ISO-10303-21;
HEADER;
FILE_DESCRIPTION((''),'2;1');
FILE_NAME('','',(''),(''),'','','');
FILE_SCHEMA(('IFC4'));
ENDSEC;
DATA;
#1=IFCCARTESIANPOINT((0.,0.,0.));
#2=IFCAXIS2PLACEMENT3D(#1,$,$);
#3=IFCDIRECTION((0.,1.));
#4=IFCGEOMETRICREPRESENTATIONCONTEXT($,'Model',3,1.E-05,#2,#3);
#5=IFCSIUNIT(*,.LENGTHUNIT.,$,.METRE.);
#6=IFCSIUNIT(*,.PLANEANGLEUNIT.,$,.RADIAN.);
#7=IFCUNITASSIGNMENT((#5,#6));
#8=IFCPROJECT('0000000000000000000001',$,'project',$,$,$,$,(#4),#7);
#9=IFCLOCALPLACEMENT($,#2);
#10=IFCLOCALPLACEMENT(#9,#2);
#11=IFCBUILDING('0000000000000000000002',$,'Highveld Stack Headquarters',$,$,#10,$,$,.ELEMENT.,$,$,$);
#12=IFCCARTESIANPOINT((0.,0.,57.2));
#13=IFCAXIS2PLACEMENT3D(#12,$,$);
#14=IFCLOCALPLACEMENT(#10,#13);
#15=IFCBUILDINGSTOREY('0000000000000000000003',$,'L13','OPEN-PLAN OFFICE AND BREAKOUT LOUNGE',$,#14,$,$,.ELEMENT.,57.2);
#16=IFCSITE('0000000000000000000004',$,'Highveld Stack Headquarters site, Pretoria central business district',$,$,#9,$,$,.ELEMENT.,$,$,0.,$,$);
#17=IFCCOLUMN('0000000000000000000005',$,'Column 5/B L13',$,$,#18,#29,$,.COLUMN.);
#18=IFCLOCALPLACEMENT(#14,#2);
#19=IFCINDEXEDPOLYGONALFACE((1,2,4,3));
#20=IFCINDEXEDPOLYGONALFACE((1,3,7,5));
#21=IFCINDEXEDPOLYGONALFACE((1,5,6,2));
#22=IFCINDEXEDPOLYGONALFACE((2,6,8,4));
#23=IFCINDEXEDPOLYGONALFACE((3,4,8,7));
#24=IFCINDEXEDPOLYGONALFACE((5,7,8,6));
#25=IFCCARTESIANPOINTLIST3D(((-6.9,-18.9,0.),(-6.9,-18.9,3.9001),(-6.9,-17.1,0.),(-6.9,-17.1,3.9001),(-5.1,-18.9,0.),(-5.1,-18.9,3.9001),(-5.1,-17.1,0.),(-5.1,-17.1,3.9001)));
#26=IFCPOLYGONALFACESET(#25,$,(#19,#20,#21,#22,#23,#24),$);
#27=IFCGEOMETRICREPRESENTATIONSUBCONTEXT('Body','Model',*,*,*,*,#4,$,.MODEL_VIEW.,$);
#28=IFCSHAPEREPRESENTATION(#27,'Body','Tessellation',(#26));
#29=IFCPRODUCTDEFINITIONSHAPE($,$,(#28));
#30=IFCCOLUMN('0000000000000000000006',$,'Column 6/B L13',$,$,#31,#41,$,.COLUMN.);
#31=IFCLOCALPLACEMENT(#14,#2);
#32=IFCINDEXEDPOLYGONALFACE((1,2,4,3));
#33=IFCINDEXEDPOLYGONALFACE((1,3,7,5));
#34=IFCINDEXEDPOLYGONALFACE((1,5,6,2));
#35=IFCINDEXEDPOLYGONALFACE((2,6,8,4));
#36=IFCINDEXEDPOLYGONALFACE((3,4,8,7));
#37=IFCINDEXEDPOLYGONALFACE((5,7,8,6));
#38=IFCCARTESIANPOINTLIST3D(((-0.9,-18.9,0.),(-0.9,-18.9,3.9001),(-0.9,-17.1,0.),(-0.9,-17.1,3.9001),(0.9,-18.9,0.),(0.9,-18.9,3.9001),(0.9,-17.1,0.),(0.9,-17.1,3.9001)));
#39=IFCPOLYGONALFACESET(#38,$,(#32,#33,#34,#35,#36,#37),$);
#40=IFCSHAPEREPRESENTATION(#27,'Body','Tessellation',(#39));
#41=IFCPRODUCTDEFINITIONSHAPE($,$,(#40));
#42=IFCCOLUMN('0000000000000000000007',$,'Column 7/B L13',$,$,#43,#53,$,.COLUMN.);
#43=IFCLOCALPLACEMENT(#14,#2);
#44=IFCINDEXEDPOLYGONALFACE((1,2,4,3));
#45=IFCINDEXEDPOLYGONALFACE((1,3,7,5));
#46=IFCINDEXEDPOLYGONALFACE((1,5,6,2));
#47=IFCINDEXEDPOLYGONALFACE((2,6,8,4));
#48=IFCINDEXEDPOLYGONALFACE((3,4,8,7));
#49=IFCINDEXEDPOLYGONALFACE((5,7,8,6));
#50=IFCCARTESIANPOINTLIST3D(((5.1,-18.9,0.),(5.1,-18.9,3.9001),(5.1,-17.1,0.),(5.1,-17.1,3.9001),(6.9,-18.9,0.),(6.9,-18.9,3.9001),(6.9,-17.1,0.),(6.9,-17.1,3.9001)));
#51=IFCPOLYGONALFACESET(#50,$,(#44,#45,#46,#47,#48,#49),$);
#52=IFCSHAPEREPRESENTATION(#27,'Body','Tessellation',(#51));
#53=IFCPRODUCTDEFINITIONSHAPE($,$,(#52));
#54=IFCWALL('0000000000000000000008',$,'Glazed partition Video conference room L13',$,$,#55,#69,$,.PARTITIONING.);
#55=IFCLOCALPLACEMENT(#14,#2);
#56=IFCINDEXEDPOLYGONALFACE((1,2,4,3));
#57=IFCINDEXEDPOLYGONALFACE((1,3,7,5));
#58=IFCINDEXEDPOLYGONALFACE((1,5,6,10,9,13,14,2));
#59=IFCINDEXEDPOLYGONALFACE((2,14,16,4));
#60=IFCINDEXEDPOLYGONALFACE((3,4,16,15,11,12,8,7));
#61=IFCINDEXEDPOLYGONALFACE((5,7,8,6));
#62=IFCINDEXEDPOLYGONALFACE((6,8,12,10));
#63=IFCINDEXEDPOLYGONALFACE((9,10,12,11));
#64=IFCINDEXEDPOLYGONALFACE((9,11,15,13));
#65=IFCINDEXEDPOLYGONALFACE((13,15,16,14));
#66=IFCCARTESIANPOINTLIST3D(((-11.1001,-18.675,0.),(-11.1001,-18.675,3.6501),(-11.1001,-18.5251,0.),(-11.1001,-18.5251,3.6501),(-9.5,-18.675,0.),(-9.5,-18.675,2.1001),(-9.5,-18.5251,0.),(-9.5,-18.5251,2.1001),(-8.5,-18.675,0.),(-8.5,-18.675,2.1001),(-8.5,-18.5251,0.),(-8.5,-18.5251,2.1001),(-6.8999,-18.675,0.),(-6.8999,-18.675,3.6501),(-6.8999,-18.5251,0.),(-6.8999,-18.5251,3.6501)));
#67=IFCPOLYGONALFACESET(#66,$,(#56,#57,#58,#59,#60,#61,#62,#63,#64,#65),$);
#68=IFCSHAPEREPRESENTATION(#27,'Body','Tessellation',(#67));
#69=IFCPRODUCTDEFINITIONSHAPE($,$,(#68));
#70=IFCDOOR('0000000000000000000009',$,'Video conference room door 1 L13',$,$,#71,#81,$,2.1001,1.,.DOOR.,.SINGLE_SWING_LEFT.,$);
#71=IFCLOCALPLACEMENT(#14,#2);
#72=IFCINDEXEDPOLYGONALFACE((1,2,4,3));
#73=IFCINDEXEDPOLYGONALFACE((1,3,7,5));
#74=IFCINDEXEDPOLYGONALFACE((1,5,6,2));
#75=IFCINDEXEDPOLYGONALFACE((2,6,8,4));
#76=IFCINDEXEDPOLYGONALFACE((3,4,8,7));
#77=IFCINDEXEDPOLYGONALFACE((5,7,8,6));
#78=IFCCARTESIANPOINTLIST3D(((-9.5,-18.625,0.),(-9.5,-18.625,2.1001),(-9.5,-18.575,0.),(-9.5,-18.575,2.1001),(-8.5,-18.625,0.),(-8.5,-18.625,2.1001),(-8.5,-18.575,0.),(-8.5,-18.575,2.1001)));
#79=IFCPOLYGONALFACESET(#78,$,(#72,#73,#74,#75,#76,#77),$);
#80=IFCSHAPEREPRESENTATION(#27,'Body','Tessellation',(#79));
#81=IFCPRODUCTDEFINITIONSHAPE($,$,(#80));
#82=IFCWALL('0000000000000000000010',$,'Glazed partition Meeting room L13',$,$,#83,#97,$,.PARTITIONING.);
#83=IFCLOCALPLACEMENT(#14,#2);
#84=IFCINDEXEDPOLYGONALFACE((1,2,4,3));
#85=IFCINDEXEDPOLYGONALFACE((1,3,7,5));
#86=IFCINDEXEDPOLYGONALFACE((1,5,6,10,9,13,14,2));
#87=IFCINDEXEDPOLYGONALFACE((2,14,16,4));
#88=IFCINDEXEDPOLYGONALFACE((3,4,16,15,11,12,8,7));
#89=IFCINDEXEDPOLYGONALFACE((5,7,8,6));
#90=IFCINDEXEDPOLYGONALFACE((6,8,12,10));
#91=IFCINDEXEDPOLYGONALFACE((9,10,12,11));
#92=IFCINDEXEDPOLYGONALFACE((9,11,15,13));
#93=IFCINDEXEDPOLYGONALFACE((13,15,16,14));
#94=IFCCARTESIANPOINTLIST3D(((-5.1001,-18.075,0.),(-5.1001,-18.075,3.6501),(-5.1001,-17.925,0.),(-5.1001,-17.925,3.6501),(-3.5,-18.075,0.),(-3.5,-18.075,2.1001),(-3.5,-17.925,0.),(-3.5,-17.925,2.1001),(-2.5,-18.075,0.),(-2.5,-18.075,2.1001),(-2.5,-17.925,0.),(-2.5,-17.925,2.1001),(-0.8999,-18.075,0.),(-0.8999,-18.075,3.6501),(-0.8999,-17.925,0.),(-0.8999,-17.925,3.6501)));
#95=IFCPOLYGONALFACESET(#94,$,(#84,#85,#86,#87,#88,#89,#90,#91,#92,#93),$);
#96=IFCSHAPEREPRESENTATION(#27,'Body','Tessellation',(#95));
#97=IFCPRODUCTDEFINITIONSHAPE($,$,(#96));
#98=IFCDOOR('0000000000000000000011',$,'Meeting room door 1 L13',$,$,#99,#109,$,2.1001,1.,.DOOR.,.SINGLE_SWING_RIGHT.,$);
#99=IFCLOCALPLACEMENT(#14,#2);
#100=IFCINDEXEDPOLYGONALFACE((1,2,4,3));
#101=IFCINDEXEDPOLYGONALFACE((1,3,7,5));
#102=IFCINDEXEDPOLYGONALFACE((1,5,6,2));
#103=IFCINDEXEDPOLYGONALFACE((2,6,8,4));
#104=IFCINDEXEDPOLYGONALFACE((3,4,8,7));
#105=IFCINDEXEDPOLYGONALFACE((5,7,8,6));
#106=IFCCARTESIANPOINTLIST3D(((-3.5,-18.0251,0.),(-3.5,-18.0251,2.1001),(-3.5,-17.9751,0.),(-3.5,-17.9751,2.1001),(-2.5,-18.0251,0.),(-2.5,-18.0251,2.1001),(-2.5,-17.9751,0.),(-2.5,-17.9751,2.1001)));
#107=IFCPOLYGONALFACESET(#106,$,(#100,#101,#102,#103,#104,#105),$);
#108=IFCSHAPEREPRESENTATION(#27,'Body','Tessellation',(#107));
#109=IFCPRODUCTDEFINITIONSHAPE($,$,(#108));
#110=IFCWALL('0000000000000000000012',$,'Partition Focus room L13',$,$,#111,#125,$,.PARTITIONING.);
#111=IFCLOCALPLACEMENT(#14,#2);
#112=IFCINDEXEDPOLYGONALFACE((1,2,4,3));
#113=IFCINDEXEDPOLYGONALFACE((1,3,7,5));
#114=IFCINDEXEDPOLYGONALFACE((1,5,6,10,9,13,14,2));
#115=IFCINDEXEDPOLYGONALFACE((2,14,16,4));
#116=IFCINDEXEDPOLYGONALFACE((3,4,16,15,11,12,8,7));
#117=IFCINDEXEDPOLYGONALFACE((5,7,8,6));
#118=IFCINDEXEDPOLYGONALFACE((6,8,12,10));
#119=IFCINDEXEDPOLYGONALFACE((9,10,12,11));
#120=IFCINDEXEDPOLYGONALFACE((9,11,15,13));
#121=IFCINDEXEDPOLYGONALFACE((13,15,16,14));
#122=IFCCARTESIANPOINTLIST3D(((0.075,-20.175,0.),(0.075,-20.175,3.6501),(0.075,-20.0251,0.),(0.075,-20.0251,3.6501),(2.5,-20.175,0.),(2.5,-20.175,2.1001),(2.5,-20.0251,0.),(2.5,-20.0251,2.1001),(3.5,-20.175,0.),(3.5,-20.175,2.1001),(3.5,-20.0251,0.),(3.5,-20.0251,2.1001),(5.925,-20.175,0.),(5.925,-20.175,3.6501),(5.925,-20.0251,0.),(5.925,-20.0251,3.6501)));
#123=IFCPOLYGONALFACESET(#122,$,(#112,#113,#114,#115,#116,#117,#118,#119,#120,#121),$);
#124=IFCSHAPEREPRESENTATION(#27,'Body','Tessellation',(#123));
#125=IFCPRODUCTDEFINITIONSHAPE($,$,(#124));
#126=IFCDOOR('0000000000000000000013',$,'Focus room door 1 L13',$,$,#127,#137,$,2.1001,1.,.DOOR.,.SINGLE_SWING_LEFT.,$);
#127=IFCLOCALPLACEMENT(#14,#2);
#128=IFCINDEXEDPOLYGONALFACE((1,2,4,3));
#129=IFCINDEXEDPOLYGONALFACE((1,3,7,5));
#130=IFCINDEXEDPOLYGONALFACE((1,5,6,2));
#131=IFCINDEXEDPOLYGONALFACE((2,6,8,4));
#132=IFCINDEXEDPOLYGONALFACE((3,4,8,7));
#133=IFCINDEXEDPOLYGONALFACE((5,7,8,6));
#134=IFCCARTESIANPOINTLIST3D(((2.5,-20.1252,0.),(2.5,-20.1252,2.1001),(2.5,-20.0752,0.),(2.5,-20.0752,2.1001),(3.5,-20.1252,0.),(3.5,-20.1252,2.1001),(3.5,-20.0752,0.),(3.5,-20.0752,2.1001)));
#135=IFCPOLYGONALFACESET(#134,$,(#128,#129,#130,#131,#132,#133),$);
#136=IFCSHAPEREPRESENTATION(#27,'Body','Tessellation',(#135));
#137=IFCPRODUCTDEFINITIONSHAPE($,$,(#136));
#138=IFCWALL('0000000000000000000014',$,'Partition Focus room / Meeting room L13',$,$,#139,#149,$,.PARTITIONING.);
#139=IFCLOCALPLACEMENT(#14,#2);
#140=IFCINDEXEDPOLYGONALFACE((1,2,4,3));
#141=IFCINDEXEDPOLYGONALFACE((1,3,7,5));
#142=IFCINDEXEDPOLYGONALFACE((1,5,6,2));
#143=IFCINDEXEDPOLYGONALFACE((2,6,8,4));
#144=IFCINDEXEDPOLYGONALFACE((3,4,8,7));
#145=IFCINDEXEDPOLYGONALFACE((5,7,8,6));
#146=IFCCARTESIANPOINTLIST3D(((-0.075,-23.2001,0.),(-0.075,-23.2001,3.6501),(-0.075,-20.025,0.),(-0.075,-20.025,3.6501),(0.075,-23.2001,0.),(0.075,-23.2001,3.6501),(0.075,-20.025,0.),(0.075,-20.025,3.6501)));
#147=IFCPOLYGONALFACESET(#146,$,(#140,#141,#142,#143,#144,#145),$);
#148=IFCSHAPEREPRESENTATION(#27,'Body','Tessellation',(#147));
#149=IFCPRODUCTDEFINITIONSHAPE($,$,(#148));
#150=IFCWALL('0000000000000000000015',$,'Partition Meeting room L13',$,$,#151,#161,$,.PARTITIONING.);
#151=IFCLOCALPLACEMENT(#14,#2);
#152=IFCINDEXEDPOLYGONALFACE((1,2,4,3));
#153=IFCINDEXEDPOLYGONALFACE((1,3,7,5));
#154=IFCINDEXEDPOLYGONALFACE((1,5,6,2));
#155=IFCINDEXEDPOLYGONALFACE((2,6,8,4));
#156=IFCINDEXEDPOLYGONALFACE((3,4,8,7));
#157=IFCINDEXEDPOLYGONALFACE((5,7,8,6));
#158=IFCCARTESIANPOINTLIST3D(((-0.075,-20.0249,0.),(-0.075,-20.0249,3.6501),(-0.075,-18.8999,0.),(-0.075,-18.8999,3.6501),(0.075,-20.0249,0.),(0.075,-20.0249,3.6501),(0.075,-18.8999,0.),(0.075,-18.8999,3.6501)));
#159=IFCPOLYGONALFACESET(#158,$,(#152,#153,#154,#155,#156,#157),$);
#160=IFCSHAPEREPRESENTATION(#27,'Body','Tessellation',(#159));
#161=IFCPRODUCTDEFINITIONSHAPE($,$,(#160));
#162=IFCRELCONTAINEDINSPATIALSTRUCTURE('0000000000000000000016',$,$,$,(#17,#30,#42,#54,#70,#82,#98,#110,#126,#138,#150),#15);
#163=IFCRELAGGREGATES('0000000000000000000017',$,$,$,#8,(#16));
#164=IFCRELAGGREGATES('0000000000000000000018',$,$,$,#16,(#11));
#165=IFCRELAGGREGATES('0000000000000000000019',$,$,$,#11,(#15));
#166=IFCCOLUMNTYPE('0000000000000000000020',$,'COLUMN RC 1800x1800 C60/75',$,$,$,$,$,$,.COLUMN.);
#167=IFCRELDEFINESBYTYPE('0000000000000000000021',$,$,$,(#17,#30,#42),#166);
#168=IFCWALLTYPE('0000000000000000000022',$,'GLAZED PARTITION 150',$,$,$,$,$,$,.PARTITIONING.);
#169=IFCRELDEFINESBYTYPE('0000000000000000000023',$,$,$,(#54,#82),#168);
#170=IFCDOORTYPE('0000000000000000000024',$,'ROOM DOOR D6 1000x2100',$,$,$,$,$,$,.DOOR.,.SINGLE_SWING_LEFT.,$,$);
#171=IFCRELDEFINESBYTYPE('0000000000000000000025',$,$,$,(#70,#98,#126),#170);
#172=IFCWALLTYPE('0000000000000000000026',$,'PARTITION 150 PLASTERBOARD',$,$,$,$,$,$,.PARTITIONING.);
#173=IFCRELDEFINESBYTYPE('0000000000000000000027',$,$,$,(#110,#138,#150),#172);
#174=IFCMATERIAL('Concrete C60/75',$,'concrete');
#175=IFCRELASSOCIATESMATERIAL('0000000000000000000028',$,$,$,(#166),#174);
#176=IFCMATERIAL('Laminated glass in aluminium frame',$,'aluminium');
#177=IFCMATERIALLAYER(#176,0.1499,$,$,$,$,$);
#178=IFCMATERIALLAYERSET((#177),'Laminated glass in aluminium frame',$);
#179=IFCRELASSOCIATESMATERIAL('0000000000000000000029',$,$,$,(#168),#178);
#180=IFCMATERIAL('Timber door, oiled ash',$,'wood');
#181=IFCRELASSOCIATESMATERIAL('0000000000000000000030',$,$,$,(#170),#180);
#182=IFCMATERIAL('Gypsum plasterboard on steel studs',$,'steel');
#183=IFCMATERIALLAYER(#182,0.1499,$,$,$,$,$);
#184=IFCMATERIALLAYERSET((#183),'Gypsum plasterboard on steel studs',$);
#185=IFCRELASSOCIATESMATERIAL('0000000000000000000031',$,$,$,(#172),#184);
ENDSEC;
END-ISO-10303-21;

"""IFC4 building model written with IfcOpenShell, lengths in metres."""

from ifc_helpers import new_model, si_unit, direction, frame, frame_2d, origin, origin_2d, place, context, subcontext, project, spatial, rectangle, extrude, material, layer, layer_set, material_profile, profile_set, type_object, element, fill, save


model = new_model("IFC4")

# Units and contexts
model_context = context("Model", 3, precision=1e-05, world=origin(), true_north=direction((0.0, 1.0)))
body_context = subcontext(model_context, "Body", "Model", "MODEL_VIEW")
ifc_project = project(units=[si_unit("LENGTHUNIT", "METRE"), si_unit("PLANEANGLEUNIT", "RADIAN")], contexts=[model_context])

# Site, building, storey
site_placement = place(None, origin())
site = spatial("IfcSite", under=ifc_project, at=site_placement, Name="Highveld Stack Headquarters site, Pretoria central business district", CompositionType="ELEMENT", RefElevation=0.0)
building_placement = place(site_placement, origin())
building = spatial("IfcBuilding", under=site, at=building_placement, Name="Highveld Stack Headquarters", CompositionType="ELEMENT")
storey_placement = place(building_placement, frame((0.0, 0.0, 57.2)))
storey = spatial("IfcBuildingStorey", under=building, at=storey_placement, Name="L13", Description="OPEN-PLAN OFFICE AND BREAKOUT LOUNGE", CompositionType="ELEMENT", Elevation=57.2)

# Columns
ifc_material_1 = material(Name="Concrete C60/75", Category="concrete")
ifc_material_profile = material_profile(ifc_material_1, rectangle(XDim=1.8, YDim=1.8, at=origin_2d()), Name="RC 1800x1800")
ifc_profile_set = profile_set([ifc_material_profile], Name="Concrete C60/75")
column_type = type_object("IfcColumnType", Name="COLUMN RC 1800x1800 C60/75", PredefinedType="COLUMN", material=ifc_profile_set)
for number, where, z_axis, x_axis, name in (
    (1, (-6.0, -18.0, 0.0), (0.0, 0.0, 1.0), (1.0, 0.0, 0.0), "Column 5/B L13"),
    (2, (0.0, -18.0, 0.0), (0.0, 0.0, 1.0), (1.0, 0.0, 0.0), "Column 6/B L13"),
    (3, (6.0, -18.0, 0.0), (0.0, 0.0, 1.0), (1.0, 0.0, 0.0), "Column 7/B L13"),
):
    element("IfcColumn", number, at=place(storey_placement, frame(where, z_axis=z_axis, x_axis=x_axis)), inside=storey, type_object=column_type, Name=name, PredefinedType="COLUMN", context=body_context, shape_type="SweptSolid", body=[
        extrude(rectangle(XDim=1.8, YDim=1.8, at=origin_2d()), origin(), (0.0, 0.0, 1.0), 3.9001),
    ])

# Walls, openings, doors
ifc_material_2 = material(Name="Laminated glass in aluminium frame", Category="aluminium")
ifc_layer_1 = layer(ifc_material_2, 0.1499)
ifc_layer_set_1 = layer_set([ifc_layer_1], Name="Laminated glass in aluminium frame")
wall_type_1 = type_object("IfcWallType", Name="GLAZED PARTITION 150", PredefinedType="PARTITIONING", material=ifc_layer_set_1)
wall_1_placement = place(storey_placement, frame((-6.8999, -18.6001, 0.0), z_axis=(0.0, 0.0, 1.0), x_axis=(-1.0, 0.0, 0.0)))
wall_1 = element("IfcWall", 4, at=wall_1_placement, inside=storey, type_object=wall_type_1, Name="Glazed partition Video conference room L13", PredefinedType="PARTITIONING", context=body_context, shape_type="SweptSolid", body=[
    extrude(rectangle(XDim=4.2002, YDim=0.1499, at=frame_2d((2.1001, 0.0))), origin(), (0.0, 0.0, 1.0), 3.6501),
])
opening_1_placement = place(wall_1_placement, frame((1.6001, 0.0, 0.0)))
opening_1 = element("IfcOpeningElement", 5, at=opening_1_placement, cuts=wall_1, PredefinedType="OPENING", context=body_context, shape_type="SweptSolid", body=[
    extrude(rectangle(XDim=1.0, YDim=2.1001, at=frame_2d((0.5, 1.05))), frame((0.0, 0.085, 0.0), z_axis=(0.0, -1.0, 0.0), x_axis=(1.0, 0.0, 0.0)), (0.0, 0.0, 1.0), 0.1699),
])
ifc_material_3 = material(Name="Timber door, oiled ash", Category="wood")
door_type = type_object("IfcDoorType", Name="ROOM DOOR D6 1000x2100", OperationType="SINGLE_SWING_LEFT", PredefinedType="DOOR", material=ifc_material_3)
door_1_placement = place(opening_1_placement, origin())
door_1 = element("IfcDoor", 6, at=door_1_placement, inside=storey, type_object=door_type, Name="Video conference room door 1 L13", OperationType="SINGLE_SWING_LEFT", OverallHeight=2.1001, OverallWidth=1.0, PredefinedType="DOOR", context=body_context, shape_type="SweptSolid", body=[
    extrude(rectangle(XDim=1.0, YDim=2.1001, at=frame_2d((0.5, 1.05))), frame((0.0, 0.0249, 0.0), z_axis=(0.0, -1.0, 0.0), x_axis=(1.0, 0.0, 0.0)), (0.0, 0.0, 1.0), 0.05),
])
fill(opening_1, door_1)
wall_2_placement = place(storey_placement, frame((-5.1001, -18.0, 0.0), z_axis=(0.0, 0.0, 1.0), x_axis=(1.0, 0.0, 0.0)))
wall_2 = element("IfcWall", 7, at=wall_2_placement, inside=storey, type_object=wall_type_1, Name="Glazed partition Meeting room L13", PredefinedType="PARTITIONING", context=body_context, shape_type="SweptSolid", body=[
    extrude(rectangle(XDim=4.2002, YDim=0.1499, at=frame_2d((2.1001, 0.0))), origin(), (0.0, 0.0, 1.0), 3.6501),
])
opening_2_placement = place(wall_2_placement, frame((1.6001, 0.0, 0.0)))
opening_2 = element("IfcOpeningElement", 8, at=opening_2_placement, cuts=wall_2, PredefinedType="OPENING", context=body_context, shape_type="SweptSolid", body=[
    extrude(rectangle(XDim=1.0, YDim=2.1001, at=frame_2d((0.5, 1.05))), frame((0.0, 0.085, 0.0), z_axis=(0.0, -1.0, 0.0), x_axis=(1.0, 0.0, 0.0)), (0.0, 0.0, 1.0), 0.1699),
])
door_2_placement = place(opening_2_placement, origin())
door_2 = element("IfcDoor", 9, at=door_2_placement, inside=storey, type_object=door_type, Name="Meeting room door 1 L13", OperationType="SINGLE_SWING_RIGHT", OverallHeight=2.1001, OverallWidth=1.0, PredefinedType="DOOR", context=body_context, shape_type="SweptSolid", body=[
    extrude(rectangle(XDim=1.0, YDim=2.1001, at=frame_2d((0.5, 1.05))), frame((0.0, 0.0249, 0.0), z_axis=(0.0, -1.0, 0.0), x_axis=(1.0, 0.0, 0.0)), (0.0, 0.0, 1.0), 0.05),
])
fill(opening_2, door_2)
ifc_material_4 = material(Name="Gypsum plasterboard on steel studs", Category="steel")
ifc_layer_2 = layer(ifc_material_4, 0.1499)
ifc_layer_set_2 = layer_set([ifc_layer_2], Name="Gypsum plasterboard on steel studs")
wall_type_2 = type_object("IfcWallType", Name="PARTITION 150 PLASTERBOARD", PredefinedType="PARTITIONING", material=ifc_layer_set_2)
wall_3_placement = place(storey_placement, frame((0.075, -20.1001, 0.0), z_axis=(0.0, 0.0, 1.0), x_axis=(1.0, 0.0, 0.0)))
wall_3 = element("IfcWall", 10, at=wall_3_placement, inside=storey, type_object=wall_type_2, Name="Partition Focus room L13", PredefinedType="PARTITIONING", context=body_context, shape_type="SweptSolid", body=[
    extrude(rectangle(XDim=5.8501, YDim=0.1499, at=frame_2d((2.925, 0.0))), origin(), (0.0, 0.0, 1.0), 3.6501),
])
opening_3_placement = place(wall_3_placement, frame((2.425, 0.0, 0.0)))
opening_3 = element("IfcOpeningElement", 11, at=opening_3_placement, cuts=wall_3, PredefinedType="OPENING", context=body_context, shape_type="SweptSolid", body=[
    extrude(rectangle(XDim=1.0, YDim=2.1001, at=frame_2d((0.5, 1.05))), frame((0.0, 0.085, 0.0), z_axis=(0.0, -1.0, 0.0), x_axis=(1.0, 0.0, 0.0)), (0.0, 0.0, 1.0), 0.1699),
])
door_3_placement = place(opening_3_placement, origin())
door_3 = element("IfcDoor", 12, at=door_3_placement, inside=storey, type_object=door_type, Name="Focus room door 1 L13", OperationType="SINGLE_SWING_LEFT", OverallHeight=2.1001, OverallWidth=1.0, PredefinedType="DOOR", context=body_context, shape_type="SweptSolid", body=[
    extrude(rectangle(XDim=1.0, YDim=2.1001, at=frame_2d((0.5, 1.05))), frame((0.0, 0.0249, 0.0), z_axis=(0.0, -1.0, 0.0), x_axis=(1.0, 0.0, 0.0)), (0.0, 0.0, 1.0), 0.05),
])
fill(opening_3, door_3)

# Walls
wall_4_placement = place(storey_placement, frame((0.0, -23.2, 0.0), z_axis=(0.0, 0.0, 1.0), x_axis=(0.0, 1.0, 0.0)))
element("IfcWall", 13, at=wall_4_placement, inside=storey, type_object=wall_type_2, Name="Partition Focus room / Meeting room L13", PredefinedType="PARTITIONING", context=body_context, shape_type="SweptSolid", body=[
    extrude(rectangle(XDim=3.175, YDim=0.1499, at=frame_2d((1.5874, 0.0))), origin(), (0.0, 0.0, 1.0), 3.6501),
])
wall_5_placement = place(storey_placement, frame((0.0, -20.0249, 0.0), z_axis=(0.0, 0.0, 1.0), x_axis=(0.0, 1.0, 0.0)))
element("IfcWall", 14, at=wall_5_placement, inside=storey, type_object=wall_type_2, Name="Partition Meeting room L13", PredefinedType="PARTITIONING", context=body_context, shape_type="SweptSolid", body=[
    extrude(rectangle(XDim=1.125, YDim=0.1499, at=frame_2d((0.5625, 0.0))), origin(), (0.0, 0.0, 1.0), 3.6501),
])

save(model, "model.ifc")
